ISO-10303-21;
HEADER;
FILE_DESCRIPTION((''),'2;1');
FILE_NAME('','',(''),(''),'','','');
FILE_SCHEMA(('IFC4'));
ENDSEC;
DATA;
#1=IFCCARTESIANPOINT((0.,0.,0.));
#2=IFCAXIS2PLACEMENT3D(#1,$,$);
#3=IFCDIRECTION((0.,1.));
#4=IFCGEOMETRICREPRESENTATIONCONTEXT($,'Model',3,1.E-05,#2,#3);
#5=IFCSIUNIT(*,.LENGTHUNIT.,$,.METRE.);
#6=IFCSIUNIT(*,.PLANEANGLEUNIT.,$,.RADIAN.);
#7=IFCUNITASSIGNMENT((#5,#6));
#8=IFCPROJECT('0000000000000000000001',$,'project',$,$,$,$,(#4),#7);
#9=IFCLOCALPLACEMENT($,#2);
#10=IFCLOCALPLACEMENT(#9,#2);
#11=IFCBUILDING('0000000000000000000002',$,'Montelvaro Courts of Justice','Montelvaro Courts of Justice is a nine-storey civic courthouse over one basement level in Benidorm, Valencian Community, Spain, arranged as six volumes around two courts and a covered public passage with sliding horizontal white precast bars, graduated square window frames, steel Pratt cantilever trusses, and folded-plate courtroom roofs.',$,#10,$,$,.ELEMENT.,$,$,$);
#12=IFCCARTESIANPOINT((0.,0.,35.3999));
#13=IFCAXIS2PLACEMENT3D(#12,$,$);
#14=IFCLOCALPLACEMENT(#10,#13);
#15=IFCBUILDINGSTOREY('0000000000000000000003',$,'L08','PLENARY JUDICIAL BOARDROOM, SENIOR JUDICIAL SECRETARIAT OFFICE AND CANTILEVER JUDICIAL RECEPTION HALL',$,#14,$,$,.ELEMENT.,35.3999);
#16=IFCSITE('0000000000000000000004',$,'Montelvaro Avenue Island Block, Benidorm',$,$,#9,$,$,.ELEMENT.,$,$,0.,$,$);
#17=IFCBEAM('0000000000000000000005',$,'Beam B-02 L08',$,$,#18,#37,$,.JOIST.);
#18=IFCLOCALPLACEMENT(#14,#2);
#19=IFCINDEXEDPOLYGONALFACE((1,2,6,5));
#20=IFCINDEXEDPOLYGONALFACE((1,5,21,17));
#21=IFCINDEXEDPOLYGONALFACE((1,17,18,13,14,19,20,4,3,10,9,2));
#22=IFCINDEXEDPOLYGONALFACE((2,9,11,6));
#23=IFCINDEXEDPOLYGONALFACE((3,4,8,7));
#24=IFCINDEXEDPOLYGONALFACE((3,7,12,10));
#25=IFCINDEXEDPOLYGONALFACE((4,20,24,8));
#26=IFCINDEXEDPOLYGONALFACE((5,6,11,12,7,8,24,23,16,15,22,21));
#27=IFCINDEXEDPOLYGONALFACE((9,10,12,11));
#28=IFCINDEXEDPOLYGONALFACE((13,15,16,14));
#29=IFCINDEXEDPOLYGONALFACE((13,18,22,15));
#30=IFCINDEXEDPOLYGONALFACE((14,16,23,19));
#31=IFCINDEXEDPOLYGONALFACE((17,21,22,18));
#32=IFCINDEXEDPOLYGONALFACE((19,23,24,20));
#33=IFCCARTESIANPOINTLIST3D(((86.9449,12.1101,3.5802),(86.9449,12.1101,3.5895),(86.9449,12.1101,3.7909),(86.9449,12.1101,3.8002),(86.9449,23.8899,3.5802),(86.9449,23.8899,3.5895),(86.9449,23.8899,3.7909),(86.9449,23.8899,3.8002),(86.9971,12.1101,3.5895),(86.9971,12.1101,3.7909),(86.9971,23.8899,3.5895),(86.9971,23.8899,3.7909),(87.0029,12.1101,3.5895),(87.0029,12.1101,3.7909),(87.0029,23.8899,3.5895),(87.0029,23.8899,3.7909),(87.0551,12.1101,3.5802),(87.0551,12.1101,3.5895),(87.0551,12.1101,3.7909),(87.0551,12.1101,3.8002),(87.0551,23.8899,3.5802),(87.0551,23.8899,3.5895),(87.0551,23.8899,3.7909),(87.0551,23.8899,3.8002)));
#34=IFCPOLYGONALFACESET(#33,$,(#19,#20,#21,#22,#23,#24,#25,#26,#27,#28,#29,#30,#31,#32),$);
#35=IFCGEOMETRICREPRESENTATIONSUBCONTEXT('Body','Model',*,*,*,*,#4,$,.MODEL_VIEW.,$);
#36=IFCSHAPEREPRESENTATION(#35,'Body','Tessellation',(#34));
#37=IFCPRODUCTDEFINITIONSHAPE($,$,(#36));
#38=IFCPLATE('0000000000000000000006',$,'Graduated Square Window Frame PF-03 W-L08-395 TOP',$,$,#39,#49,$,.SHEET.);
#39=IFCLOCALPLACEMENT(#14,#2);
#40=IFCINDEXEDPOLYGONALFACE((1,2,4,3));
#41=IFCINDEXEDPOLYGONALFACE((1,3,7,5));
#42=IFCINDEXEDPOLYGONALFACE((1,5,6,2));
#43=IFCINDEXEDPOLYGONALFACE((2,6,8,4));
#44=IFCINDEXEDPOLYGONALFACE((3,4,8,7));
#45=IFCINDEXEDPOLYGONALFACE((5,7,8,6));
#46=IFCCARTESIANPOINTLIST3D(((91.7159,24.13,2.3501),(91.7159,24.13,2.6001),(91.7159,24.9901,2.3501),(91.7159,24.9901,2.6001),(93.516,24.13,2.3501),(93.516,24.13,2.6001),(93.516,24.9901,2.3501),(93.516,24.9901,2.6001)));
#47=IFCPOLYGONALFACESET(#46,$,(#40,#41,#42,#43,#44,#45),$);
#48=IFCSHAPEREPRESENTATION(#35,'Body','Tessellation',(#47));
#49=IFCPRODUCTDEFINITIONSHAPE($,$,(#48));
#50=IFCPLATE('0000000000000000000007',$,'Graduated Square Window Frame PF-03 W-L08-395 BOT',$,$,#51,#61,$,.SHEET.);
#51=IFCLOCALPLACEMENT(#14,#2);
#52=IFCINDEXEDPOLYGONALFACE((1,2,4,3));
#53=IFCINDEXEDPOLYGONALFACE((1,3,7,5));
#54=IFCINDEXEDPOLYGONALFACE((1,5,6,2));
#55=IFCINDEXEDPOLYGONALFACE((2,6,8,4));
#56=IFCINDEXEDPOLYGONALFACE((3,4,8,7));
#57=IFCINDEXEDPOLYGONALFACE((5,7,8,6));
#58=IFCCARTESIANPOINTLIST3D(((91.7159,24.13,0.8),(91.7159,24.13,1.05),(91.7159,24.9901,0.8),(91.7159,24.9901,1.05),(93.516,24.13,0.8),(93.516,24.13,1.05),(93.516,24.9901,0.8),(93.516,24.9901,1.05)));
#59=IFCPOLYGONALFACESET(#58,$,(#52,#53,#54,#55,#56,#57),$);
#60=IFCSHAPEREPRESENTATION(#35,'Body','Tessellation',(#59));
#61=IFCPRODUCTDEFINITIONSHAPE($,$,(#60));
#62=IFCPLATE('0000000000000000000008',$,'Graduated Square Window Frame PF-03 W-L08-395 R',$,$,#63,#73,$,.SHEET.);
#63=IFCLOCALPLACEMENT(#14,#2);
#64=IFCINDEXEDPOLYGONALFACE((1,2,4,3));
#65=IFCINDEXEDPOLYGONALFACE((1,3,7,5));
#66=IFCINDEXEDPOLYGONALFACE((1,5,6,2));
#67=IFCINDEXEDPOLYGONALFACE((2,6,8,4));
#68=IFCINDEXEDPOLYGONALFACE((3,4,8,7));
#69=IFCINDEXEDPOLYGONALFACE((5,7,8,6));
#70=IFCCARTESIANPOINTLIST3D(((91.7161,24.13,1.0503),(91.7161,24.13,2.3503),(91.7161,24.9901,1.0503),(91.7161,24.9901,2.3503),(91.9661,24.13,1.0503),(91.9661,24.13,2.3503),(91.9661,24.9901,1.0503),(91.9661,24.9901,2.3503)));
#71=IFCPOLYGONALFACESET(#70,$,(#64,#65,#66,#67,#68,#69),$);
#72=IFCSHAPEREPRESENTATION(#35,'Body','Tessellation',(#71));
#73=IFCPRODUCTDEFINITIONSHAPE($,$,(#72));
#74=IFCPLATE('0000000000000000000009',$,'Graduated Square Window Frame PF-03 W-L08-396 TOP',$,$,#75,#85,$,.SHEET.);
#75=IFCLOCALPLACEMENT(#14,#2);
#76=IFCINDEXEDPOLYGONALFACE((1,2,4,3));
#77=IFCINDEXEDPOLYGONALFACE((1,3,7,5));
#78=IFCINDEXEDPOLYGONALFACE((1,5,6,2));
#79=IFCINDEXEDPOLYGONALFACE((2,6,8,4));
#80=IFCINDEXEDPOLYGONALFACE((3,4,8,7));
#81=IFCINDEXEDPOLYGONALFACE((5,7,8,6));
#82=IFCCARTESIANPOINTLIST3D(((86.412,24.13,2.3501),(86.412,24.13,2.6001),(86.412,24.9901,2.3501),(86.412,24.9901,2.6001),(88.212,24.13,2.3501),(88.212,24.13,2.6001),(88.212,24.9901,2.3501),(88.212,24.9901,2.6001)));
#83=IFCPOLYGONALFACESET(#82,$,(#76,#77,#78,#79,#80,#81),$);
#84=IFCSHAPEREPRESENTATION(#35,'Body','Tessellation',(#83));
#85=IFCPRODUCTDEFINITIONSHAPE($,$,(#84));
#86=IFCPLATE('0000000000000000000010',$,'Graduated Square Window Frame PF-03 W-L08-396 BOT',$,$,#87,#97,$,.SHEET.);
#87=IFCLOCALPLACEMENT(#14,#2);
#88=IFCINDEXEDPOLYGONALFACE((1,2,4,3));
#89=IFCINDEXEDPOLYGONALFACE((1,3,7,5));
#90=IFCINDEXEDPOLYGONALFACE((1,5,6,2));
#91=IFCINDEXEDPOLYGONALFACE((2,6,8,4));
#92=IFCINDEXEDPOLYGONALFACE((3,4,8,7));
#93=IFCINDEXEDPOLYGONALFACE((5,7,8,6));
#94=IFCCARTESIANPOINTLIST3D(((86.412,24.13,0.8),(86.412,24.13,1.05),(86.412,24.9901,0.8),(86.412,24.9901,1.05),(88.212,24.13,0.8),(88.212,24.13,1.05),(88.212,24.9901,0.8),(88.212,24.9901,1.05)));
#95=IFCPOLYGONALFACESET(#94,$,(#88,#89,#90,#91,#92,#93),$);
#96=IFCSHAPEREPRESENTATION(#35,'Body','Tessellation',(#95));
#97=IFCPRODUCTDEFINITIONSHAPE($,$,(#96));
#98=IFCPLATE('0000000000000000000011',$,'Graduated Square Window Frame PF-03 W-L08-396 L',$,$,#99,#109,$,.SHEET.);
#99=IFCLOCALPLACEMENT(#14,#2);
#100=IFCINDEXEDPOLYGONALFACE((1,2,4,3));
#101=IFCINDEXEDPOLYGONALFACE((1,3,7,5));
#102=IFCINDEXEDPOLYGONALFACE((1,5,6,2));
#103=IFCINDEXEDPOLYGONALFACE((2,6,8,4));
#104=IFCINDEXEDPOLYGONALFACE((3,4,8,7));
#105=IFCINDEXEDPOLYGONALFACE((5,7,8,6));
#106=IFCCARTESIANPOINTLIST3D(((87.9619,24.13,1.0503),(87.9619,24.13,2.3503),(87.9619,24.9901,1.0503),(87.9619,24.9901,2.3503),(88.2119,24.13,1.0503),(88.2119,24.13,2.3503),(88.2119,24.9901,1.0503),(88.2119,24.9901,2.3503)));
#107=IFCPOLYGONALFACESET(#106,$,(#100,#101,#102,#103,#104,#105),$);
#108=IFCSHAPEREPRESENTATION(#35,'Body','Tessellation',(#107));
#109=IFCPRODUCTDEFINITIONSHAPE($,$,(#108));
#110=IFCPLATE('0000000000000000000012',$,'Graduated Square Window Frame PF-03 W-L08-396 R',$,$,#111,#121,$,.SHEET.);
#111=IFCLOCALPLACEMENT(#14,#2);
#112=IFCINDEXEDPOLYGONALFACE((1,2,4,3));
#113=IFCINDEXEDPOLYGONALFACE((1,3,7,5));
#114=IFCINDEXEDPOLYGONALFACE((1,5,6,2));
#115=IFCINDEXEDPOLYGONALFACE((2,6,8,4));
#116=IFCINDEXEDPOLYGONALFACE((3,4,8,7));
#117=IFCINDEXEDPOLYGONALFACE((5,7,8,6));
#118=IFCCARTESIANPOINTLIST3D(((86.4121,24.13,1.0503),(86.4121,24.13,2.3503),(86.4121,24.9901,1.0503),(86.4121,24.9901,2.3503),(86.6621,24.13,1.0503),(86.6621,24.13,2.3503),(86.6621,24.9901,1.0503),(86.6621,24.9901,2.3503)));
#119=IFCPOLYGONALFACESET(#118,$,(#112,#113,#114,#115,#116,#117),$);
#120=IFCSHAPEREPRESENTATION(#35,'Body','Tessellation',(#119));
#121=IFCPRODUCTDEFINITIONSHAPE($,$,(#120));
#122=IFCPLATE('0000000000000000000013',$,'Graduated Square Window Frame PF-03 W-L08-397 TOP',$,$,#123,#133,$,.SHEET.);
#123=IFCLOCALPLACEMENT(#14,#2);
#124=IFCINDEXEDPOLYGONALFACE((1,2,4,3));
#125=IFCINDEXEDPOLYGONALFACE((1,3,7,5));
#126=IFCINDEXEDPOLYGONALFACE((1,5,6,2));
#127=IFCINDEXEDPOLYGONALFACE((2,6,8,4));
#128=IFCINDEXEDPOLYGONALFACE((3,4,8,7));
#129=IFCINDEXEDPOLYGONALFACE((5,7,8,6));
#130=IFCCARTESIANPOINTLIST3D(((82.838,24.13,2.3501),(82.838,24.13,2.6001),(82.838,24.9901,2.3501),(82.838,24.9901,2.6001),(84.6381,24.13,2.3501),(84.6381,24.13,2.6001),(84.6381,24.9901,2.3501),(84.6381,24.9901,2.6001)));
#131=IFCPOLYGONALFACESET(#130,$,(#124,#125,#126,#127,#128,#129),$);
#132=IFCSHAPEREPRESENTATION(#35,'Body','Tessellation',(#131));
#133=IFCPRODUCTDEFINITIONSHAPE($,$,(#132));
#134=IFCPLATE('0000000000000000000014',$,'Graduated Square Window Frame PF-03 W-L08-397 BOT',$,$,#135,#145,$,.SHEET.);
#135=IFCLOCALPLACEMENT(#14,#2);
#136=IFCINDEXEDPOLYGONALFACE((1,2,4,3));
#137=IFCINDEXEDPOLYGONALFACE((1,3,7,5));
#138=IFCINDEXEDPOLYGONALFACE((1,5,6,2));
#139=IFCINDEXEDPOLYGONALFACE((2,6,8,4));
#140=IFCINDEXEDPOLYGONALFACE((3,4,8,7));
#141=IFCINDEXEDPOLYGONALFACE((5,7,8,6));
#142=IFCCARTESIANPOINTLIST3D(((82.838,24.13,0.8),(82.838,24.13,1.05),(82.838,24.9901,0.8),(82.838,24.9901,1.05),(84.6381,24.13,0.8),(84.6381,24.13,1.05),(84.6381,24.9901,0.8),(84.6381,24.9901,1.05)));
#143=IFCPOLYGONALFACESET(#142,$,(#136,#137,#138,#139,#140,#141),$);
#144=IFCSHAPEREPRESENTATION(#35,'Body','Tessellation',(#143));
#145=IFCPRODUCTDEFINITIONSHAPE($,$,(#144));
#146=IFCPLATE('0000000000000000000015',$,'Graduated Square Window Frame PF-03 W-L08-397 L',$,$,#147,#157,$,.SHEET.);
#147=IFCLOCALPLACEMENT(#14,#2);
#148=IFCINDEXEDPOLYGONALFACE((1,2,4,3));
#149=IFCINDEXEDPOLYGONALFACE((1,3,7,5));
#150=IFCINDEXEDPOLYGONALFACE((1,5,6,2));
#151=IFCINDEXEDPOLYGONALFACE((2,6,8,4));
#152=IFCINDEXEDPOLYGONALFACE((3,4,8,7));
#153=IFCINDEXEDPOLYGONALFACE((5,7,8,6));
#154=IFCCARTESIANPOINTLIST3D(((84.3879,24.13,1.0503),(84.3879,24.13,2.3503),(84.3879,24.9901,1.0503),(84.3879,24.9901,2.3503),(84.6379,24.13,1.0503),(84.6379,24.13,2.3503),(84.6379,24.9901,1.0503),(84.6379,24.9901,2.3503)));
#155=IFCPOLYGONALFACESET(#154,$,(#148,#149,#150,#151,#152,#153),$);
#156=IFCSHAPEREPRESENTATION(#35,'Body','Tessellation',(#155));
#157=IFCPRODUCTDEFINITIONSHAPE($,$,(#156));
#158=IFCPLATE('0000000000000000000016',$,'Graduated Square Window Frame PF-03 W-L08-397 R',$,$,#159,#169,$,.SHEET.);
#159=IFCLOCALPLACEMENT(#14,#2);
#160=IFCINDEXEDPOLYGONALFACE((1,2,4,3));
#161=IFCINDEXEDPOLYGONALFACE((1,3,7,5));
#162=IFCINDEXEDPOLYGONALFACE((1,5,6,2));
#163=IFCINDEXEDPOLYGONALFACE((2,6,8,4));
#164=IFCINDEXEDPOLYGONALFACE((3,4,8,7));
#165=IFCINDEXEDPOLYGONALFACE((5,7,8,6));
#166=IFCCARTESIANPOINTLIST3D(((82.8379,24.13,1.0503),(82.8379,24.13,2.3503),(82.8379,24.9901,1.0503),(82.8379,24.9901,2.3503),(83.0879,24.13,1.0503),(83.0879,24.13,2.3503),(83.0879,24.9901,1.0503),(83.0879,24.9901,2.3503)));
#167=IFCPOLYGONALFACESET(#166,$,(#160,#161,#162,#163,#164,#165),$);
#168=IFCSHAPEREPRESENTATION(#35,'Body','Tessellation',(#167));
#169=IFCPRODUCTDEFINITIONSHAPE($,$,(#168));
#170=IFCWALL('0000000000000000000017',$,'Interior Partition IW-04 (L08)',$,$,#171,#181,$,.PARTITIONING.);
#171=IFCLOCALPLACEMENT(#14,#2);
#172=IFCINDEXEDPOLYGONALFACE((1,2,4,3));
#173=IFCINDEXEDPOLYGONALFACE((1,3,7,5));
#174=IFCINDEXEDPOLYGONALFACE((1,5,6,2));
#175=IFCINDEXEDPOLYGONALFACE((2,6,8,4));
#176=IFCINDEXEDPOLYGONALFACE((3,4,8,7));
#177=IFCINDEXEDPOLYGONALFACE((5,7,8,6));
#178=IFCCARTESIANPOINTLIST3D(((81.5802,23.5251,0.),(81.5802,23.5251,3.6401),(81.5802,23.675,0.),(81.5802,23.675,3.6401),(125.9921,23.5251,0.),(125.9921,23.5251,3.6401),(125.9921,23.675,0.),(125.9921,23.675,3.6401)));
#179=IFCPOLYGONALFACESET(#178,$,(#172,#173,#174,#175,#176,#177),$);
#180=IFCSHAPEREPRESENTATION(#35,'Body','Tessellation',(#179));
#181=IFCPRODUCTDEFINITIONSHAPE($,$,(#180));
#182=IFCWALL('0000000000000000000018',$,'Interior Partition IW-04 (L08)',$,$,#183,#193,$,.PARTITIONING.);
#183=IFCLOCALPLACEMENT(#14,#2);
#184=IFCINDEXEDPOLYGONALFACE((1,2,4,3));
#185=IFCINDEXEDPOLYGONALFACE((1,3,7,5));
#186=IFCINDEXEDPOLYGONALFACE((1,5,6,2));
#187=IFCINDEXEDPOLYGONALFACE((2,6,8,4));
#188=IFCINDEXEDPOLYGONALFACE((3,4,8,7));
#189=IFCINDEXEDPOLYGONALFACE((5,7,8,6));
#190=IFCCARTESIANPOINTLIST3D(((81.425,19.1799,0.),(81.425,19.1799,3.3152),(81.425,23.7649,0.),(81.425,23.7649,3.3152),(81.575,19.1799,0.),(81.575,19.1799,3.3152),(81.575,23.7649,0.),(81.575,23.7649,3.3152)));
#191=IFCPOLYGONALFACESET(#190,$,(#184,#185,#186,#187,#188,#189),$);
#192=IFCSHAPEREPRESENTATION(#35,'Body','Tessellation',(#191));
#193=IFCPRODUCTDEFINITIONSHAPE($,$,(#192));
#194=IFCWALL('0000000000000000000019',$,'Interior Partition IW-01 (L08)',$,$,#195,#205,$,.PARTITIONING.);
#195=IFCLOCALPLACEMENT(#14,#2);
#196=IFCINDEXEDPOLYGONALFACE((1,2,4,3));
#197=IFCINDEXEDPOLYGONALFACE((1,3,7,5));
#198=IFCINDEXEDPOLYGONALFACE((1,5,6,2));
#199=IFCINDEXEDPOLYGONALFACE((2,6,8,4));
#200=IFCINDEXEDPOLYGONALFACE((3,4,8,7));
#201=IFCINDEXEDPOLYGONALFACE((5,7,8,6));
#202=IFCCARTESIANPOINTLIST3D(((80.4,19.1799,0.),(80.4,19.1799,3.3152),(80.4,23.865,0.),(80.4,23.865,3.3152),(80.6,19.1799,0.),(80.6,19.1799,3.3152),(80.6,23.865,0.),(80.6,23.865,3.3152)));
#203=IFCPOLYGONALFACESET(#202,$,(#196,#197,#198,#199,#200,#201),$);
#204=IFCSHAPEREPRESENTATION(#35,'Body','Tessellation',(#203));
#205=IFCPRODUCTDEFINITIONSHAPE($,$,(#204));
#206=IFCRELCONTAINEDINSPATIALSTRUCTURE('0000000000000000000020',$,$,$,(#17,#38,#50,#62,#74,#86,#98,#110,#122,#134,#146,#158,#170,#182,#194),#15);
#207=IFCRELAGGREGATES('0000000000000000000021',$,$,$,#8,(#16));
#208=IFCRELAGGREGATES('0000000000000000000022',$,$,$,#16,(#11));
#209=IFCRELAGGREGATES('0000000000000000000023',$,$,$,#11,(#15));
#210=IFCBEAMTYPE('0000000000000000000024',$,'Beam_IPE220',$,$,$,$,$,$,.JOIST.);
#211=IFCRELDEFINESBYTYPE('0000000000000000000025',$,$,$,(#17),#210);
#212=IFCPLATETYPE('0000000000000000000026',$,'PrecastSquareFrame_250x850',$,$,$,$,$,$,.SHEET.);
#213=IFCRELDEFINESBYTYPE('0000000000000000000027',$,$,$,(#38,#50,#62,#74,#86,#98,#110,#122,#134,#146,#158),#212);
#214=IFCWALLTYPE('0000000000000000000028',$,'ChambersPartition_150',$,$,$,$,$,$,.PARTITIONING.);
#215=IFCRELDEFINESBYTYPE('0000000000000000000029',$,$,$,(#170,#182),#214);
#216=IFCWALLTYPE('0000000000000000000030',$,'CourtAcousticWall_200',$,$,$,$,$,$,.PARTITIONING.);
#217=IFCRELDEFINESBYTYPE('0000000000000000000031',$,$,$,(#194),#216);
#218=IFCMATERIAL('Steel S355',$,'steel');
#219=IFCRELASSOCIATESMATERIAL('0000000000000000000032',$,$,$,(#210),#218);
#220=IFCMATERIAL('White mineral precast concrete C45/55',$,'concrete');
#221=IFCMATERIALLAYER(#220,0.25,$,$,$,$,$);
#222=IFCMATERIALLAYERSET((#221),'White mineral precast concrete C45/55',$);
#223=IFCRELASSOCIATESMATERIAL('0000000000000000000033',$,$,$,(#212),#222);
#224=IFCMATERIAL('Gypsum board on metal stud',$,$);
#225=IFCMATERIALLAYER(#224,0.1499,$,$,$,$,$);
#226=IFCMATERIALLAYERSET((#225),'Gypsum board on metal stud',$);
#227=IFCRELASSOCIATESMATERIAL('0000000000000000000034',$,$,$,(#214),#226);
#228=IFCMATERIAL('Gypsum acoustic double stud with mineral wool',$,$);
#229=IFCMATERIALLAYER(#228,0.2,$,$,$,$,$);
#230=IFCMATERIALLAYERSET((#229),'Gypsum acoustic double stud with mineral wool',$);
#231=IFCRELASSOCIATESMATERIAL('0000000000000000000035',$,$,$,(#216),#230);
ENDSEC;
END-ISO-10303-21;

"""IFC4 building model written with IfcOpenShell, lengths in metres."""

from ifc_helpers import new_model, si_unit, direction, frame, frame_2d, origin, origin_2d, place, context, subcontext, project, spatial, rectangle, i_section, extrude, material, layer, layer_set, material_profile, profile_set, type_object, element, save


model = new_model("IFC4")

# Units and contexts
model_context = context("Model", 3, precision=1e-05, world=origin(), true_north=direction((0.0, 1.0)))
body_context = subcontext(model_context, "Body", "Model", "MODEL_VIEW")
ifc_project = project(units=[si_unit("LENGTHUNIT", "METRE"), si_unit("PLANEANGLEUNIT", "RADIAN")], contexts=[model_context])

# Site, building, storey
site_placement = place(None, origin())
site = spatial("IfcSite", under=ifc_project, at=site_placement, Name="Montelvaro Avenue Island Block, Benidorm", CompositionType="ELEMENT", RefElevation=0.0)
building_placement = place(site_placement, origin())
building = spatial("IfcBuilding", under=site, at=building_placement, Name="Montelvaro Courts of Justice", Description="Montelvaro Courts of Justice is a nine-storey civic courthouse over one basement level in Benidorm, Valencian Community, Spain, arranged as six volumes around two courts and a covered public passage with sliding horizontal white precast bars, graduated square window frames, steel Pratt cantilever trusses, and folded-plate courtroom roofs.", CompositionType="ELEMENT")
storey_placement = place(building_placement, frame((0.0, 0.0, 35.3999)))
storey = spatial("IfcBuildingStorey", under=building, at=storey_placement, Name="L08", Description="PLENARY JUDICIAL BOARDROOM, SENIOR JUDICIAL SECRETARIAT OFFICE AND CANTILEVER JUDICIAL RECEPTION HALL", CompositionType="ELEMENT", Elevation=35.3999)

# Shared definitions
ifc_material_1 = material(Name="Steel S355", Category="steel")

# Beam
ifc_material_profile_1 = material_profile(ifc_material_1, i_section(OverallWidth=0.1101, OverallDepth=0.22, WebThickness=0.0059, FlangeThickness=0.0093, at=origin_2d()), Name="IPE 220")
ifc_profile_set_1 = profile_set([ifc_material_profile_1], Name="Steel S355")
beam_type_1 = type_object("IfcBeamType", Name="Beam_IPE220", PredefinedType="JOIST", material=ifc_profile_set_1)
beam_1_placement = place(storey_placement, frame((87.0, 12.1101, 3.6902), z_axis=(0.0, 1.0, 0.0), x_axis=(-1.0, 0.0, 0.0)))
element("IfcBeam", 1, at=beam_1_placement, inside=storey, type_object=beam_type_1, Name="Beam B-02 L08", PredefinedType="JOIST", context=body_context, shape_type="SweptSolid", body=[
    extrude(i_section(OverallWidth=0.1101, OverallDepth=0.22, WebThickness=0.0059, FlangeThickness=0.0093, at=origin_2d()), origin(), (0.0, 0.0, 1.0), 11.7798),
])

# Plates
ifc_material_2 = material(Name="White mineral precast concrete C45/55", Category="concrete")
ifc_layer_1 = layer(ifc_material_2, 0.25)
ifc_layer_set_1 = layer_set([ifc_layer_1], Name="White mineral precast concrete C45/55")
plate_type = type_object("IfcPlateType", Name="PrecastSquareFrame_250x850", PredefinedType="SHEET", material=ifc_layer_set_1)
for number, where, z_axis, x_axis, name in (
    (2, (92.616, 24.5601, 2.3501), (0.0, 0.0, 1.0), (-1.0, 0.0, 0.0), "Graduated Square Window Frame PF-03 W-L08-395 TOP"),
    (3, (92.616, 24.5601, 0.8), (0.0, 0.0, 1.0), (-1.0, 0.0, 0.0), "Graduated Square Window Frame PF-03 W-L08-395 BOT"),
):
    element("IfcPlate", number, at=place(storey_placement, frame(where, z_axis=z_axis, x_axis=x_axis)), inside=storey, type_object=plate_type, Name=name, PredefinedType="SHEET", context=body_context, shape_type="SweptSolid", body=[
        extrude(rectangle(XDim=1.8, YDim=0.8601, at=origin_2d()), origin(), (0.0, 0.0, 1.0), 0.25),
    ])
plate_placement = place(storey_placement, frame((91.8411, 24.5601, 1.0503), z_axis=(0.0, 0.0, 1.0), x_axis=(-1.0, 0.0, 0.0)))
element("IfcPlate", 4, at=plate_placement, inside=storey, type_object=plate_type, Name="Graduated Square Window Frame PF-03 W-L08-395 R", PredefinedType="SHEET", context=body_context, shape_type="SweptSolid", body=[
    extrude(rectangle(XDim=0.25, YDim=0.8601, at=origin_2d()), origin(), (0.0, 0.0, 1.0), 1.3),
])
for number, where, z_axis, x_axis, name in (
    (5, (87.312, 24.5601, 2.3501), (0.0, 0.0, 1.0), (-1.0, 0.0, 0.0), "Graduated Square Window Frame PF-03 W-L08-396 TOP"),
    (6, (87.312, 24.5601, 0.8), (0.0, 0.0, 1.0), (-1.0, 0.0, 0.0), "Graduated Square Window Frame PF-03 W-L08-396 BOT"),
):
    element("IfcPlate", number, at=place(storey_placement, frame(where, z_axis=z_axis, x_axis=x_axis)), inside=storey, type_object=plate_type, Name=name, PredefinedType="SHEET", context=body_context, shape_type="SweptSolid", body=[
        extrude(rectangle(XDim=1.8, YDim=0.8601, at=origin_2d()), origin(), (0.0, 0.0, 1.0), 0.25),
    ])
for number, where, z_axis, x_axis, name in (
    (7, (88.0869, 24.5601, 1.0503), (0.0, 0.0, 1.0), (-1.0, 0.0, 0.0), "Graduated Square Window Frame PF-03 W-L08-396 L"),
    (8, (86.5371, 24.5601, 1.0503), (0.0, 0.0, 1.0), (-1.0, 0.0, 0.0), "Graduated Square Window Frame PF-03 W-L08-396 R"),
):
    element("IfcPlate", number, at=place(storey_placement, frame(where, z_axis=z_axis, x_axis=x_axis)), inside=storey, type_object=plate_type, Name=name, PredefinedType="SHEET", context=body_context, shape_type="SweptSolid", body=[
        extrude(rectangle(XDim=0.25, YDim=0.8601, at=origin_2d()), origin(), (0.0, 0.0, 1.0), 1.3),
    ])
for number, where, z_axis, x_axis, name in (
    (9, (83.738, 24.5601, 2.3501), (0.0, 0.0, 1.0), (-1.0, 0.0, 0.0), "Graduated Square Window Frame PF-03 W-L08-397 TOP"),
    (10, (83.738, 24.5601, 0.8), (0.0, 0.0, 1.0), (-1.0, 0.0, 0.0), "Graduated Square Window Frame PF-03 W-L08-397 BOT"),
):
    element("IfcPlate", number, at=place(storey_placement, frame(where, z_axis=z_axis, x_axis=x_axis)), inside=storey, type_object=plate_type, Name=name, PredefinedType="SHEET", context=body_context, shape_type="SweptSolid", body=[
        extrude(rectangle(XDim=1.8, YDim=0.8601, at=origin_2d()), origin(), (0.0, 0.0, 1.0), 0.25),
    ])
for number, where, z_axis, x_axis, name in (
    (11, (84.5129, 24.5601, 1.0503), (0.0, 0.0, 1.0), (-1.0, 0.0, 0.0), "Graduated Square Window Frame PF-03 W-L08-397 L"),
    (12, (82.9629, 24.5601, 1.0503), (0.0, 0.0, 1.0), (-1.0, 0.0, 0.0), "Graduated Square Window Frame PF-03 W-L08-397 R"),
):
    element("IfcPlate", number, at=place(storey_placement, frame(where, z_axis=z_axis, x_axis=x_axis)), inside=storey, type_object=plate_type, Name=name, PredefinedType="SHEET", context=body_context, shape_type="SweptSolid", body=[
        extrude(rectangle(XDim=0.25, YDim=0.8601, at=origin_2d()), origin(), (0.0, 0.0, 1.0), 1.3),
    ])

# Walls
ifc_material_3 = material(Name="Gypsum board on metal stud")
ifc_layer_2 = layer(ifc_material_3, 0.1499)
ifc_layer_set_2 = layer_set([ifc_layer_2], Name="Gypsum board on metal stud")
wall_type_1 = type_object("IfcWallType", Name="ChambersPartition_150", PredefinedType="PARTITIONING", material=ifc_layer_set_2)
wall_1_placement = place(storey_placement, frame((81.5801, 23.6001, 0.0), z_axis=(0.0, 0.0, 1.0), x_axis=(1.0, 0.0, 0.0)))
element("IfcWall", 13, at=wall_1_placement, inside=storey, type_object=wall_type_1, Name="Interior Partition IW-04 (L08)", PredefinedType="PARTITIONING", context=body_context, shape_type="SweptSolid", body=[
    extrude(rectangle(XDim=44.4119, YDim=0.1499, at=frame_2d((22.2061, 0.0))), origin(), (0.0, 0.0, 1.0), 3.6401),
])
wall_2_placement = place(storey_placement, frame((81.5, 19.1799, 0.0), z_axis=(0.0, 0.0, 1.0), x_axis=(0.0, 1.0, 0.0)))
element("IfcWall", 14, at=wall_2_placement, inside=storey, type_object=wall_type_1, Name="Interior Partition IW-04 (L08)", PredefinedType="PARTITIONING", context=body_context, shape_type="SweptSolid", body=[
    extrude(rectangle(XDim=4.585, YDim=0.1499, at=frame_2d((2.2925, 0.0))), origin(), (0.0, 0.0, 1.0), 3.3152),
])
ifc_material_4 = material(Name="Gypsum acoustic double stud with mineral wool")
ifc_layer_3 = layer(ifc_material_4, 0.2)
ifc_layer_set_3 = layer_set([ifc_layer_3], Name="Gypsum acoustic double stud with mineral wool")
wall_type_2 = type_object("IfcWallType", Name="CourtAcousticWall_200", PredefinedType="PARTITIONING", material=ifc_layer_set_3)
wall_3_placement = place(storey_placement, frame((80.5, 23.865, 0.0), z_axis=(0.0, 0.0, 1.0), x_axis=(0.0, -1.0, 0.0)))
element("IfcWall", 15, at=wall_3_placement, inside=storey, type_object=wall_type_2, Name="Interior Partition IW-01 (L08)", PredefinedType="PARTITIONING", context=body_context, shape_type="SweptSolid", body=[
    extrude(rectangle(XDim=4.6851, YDim=0.2, at=frame_2d((2.3425, 0.0))), origin(), (0.0, 0.0, 1.0), 3.3152),
])

save(model, "model.ifc")
